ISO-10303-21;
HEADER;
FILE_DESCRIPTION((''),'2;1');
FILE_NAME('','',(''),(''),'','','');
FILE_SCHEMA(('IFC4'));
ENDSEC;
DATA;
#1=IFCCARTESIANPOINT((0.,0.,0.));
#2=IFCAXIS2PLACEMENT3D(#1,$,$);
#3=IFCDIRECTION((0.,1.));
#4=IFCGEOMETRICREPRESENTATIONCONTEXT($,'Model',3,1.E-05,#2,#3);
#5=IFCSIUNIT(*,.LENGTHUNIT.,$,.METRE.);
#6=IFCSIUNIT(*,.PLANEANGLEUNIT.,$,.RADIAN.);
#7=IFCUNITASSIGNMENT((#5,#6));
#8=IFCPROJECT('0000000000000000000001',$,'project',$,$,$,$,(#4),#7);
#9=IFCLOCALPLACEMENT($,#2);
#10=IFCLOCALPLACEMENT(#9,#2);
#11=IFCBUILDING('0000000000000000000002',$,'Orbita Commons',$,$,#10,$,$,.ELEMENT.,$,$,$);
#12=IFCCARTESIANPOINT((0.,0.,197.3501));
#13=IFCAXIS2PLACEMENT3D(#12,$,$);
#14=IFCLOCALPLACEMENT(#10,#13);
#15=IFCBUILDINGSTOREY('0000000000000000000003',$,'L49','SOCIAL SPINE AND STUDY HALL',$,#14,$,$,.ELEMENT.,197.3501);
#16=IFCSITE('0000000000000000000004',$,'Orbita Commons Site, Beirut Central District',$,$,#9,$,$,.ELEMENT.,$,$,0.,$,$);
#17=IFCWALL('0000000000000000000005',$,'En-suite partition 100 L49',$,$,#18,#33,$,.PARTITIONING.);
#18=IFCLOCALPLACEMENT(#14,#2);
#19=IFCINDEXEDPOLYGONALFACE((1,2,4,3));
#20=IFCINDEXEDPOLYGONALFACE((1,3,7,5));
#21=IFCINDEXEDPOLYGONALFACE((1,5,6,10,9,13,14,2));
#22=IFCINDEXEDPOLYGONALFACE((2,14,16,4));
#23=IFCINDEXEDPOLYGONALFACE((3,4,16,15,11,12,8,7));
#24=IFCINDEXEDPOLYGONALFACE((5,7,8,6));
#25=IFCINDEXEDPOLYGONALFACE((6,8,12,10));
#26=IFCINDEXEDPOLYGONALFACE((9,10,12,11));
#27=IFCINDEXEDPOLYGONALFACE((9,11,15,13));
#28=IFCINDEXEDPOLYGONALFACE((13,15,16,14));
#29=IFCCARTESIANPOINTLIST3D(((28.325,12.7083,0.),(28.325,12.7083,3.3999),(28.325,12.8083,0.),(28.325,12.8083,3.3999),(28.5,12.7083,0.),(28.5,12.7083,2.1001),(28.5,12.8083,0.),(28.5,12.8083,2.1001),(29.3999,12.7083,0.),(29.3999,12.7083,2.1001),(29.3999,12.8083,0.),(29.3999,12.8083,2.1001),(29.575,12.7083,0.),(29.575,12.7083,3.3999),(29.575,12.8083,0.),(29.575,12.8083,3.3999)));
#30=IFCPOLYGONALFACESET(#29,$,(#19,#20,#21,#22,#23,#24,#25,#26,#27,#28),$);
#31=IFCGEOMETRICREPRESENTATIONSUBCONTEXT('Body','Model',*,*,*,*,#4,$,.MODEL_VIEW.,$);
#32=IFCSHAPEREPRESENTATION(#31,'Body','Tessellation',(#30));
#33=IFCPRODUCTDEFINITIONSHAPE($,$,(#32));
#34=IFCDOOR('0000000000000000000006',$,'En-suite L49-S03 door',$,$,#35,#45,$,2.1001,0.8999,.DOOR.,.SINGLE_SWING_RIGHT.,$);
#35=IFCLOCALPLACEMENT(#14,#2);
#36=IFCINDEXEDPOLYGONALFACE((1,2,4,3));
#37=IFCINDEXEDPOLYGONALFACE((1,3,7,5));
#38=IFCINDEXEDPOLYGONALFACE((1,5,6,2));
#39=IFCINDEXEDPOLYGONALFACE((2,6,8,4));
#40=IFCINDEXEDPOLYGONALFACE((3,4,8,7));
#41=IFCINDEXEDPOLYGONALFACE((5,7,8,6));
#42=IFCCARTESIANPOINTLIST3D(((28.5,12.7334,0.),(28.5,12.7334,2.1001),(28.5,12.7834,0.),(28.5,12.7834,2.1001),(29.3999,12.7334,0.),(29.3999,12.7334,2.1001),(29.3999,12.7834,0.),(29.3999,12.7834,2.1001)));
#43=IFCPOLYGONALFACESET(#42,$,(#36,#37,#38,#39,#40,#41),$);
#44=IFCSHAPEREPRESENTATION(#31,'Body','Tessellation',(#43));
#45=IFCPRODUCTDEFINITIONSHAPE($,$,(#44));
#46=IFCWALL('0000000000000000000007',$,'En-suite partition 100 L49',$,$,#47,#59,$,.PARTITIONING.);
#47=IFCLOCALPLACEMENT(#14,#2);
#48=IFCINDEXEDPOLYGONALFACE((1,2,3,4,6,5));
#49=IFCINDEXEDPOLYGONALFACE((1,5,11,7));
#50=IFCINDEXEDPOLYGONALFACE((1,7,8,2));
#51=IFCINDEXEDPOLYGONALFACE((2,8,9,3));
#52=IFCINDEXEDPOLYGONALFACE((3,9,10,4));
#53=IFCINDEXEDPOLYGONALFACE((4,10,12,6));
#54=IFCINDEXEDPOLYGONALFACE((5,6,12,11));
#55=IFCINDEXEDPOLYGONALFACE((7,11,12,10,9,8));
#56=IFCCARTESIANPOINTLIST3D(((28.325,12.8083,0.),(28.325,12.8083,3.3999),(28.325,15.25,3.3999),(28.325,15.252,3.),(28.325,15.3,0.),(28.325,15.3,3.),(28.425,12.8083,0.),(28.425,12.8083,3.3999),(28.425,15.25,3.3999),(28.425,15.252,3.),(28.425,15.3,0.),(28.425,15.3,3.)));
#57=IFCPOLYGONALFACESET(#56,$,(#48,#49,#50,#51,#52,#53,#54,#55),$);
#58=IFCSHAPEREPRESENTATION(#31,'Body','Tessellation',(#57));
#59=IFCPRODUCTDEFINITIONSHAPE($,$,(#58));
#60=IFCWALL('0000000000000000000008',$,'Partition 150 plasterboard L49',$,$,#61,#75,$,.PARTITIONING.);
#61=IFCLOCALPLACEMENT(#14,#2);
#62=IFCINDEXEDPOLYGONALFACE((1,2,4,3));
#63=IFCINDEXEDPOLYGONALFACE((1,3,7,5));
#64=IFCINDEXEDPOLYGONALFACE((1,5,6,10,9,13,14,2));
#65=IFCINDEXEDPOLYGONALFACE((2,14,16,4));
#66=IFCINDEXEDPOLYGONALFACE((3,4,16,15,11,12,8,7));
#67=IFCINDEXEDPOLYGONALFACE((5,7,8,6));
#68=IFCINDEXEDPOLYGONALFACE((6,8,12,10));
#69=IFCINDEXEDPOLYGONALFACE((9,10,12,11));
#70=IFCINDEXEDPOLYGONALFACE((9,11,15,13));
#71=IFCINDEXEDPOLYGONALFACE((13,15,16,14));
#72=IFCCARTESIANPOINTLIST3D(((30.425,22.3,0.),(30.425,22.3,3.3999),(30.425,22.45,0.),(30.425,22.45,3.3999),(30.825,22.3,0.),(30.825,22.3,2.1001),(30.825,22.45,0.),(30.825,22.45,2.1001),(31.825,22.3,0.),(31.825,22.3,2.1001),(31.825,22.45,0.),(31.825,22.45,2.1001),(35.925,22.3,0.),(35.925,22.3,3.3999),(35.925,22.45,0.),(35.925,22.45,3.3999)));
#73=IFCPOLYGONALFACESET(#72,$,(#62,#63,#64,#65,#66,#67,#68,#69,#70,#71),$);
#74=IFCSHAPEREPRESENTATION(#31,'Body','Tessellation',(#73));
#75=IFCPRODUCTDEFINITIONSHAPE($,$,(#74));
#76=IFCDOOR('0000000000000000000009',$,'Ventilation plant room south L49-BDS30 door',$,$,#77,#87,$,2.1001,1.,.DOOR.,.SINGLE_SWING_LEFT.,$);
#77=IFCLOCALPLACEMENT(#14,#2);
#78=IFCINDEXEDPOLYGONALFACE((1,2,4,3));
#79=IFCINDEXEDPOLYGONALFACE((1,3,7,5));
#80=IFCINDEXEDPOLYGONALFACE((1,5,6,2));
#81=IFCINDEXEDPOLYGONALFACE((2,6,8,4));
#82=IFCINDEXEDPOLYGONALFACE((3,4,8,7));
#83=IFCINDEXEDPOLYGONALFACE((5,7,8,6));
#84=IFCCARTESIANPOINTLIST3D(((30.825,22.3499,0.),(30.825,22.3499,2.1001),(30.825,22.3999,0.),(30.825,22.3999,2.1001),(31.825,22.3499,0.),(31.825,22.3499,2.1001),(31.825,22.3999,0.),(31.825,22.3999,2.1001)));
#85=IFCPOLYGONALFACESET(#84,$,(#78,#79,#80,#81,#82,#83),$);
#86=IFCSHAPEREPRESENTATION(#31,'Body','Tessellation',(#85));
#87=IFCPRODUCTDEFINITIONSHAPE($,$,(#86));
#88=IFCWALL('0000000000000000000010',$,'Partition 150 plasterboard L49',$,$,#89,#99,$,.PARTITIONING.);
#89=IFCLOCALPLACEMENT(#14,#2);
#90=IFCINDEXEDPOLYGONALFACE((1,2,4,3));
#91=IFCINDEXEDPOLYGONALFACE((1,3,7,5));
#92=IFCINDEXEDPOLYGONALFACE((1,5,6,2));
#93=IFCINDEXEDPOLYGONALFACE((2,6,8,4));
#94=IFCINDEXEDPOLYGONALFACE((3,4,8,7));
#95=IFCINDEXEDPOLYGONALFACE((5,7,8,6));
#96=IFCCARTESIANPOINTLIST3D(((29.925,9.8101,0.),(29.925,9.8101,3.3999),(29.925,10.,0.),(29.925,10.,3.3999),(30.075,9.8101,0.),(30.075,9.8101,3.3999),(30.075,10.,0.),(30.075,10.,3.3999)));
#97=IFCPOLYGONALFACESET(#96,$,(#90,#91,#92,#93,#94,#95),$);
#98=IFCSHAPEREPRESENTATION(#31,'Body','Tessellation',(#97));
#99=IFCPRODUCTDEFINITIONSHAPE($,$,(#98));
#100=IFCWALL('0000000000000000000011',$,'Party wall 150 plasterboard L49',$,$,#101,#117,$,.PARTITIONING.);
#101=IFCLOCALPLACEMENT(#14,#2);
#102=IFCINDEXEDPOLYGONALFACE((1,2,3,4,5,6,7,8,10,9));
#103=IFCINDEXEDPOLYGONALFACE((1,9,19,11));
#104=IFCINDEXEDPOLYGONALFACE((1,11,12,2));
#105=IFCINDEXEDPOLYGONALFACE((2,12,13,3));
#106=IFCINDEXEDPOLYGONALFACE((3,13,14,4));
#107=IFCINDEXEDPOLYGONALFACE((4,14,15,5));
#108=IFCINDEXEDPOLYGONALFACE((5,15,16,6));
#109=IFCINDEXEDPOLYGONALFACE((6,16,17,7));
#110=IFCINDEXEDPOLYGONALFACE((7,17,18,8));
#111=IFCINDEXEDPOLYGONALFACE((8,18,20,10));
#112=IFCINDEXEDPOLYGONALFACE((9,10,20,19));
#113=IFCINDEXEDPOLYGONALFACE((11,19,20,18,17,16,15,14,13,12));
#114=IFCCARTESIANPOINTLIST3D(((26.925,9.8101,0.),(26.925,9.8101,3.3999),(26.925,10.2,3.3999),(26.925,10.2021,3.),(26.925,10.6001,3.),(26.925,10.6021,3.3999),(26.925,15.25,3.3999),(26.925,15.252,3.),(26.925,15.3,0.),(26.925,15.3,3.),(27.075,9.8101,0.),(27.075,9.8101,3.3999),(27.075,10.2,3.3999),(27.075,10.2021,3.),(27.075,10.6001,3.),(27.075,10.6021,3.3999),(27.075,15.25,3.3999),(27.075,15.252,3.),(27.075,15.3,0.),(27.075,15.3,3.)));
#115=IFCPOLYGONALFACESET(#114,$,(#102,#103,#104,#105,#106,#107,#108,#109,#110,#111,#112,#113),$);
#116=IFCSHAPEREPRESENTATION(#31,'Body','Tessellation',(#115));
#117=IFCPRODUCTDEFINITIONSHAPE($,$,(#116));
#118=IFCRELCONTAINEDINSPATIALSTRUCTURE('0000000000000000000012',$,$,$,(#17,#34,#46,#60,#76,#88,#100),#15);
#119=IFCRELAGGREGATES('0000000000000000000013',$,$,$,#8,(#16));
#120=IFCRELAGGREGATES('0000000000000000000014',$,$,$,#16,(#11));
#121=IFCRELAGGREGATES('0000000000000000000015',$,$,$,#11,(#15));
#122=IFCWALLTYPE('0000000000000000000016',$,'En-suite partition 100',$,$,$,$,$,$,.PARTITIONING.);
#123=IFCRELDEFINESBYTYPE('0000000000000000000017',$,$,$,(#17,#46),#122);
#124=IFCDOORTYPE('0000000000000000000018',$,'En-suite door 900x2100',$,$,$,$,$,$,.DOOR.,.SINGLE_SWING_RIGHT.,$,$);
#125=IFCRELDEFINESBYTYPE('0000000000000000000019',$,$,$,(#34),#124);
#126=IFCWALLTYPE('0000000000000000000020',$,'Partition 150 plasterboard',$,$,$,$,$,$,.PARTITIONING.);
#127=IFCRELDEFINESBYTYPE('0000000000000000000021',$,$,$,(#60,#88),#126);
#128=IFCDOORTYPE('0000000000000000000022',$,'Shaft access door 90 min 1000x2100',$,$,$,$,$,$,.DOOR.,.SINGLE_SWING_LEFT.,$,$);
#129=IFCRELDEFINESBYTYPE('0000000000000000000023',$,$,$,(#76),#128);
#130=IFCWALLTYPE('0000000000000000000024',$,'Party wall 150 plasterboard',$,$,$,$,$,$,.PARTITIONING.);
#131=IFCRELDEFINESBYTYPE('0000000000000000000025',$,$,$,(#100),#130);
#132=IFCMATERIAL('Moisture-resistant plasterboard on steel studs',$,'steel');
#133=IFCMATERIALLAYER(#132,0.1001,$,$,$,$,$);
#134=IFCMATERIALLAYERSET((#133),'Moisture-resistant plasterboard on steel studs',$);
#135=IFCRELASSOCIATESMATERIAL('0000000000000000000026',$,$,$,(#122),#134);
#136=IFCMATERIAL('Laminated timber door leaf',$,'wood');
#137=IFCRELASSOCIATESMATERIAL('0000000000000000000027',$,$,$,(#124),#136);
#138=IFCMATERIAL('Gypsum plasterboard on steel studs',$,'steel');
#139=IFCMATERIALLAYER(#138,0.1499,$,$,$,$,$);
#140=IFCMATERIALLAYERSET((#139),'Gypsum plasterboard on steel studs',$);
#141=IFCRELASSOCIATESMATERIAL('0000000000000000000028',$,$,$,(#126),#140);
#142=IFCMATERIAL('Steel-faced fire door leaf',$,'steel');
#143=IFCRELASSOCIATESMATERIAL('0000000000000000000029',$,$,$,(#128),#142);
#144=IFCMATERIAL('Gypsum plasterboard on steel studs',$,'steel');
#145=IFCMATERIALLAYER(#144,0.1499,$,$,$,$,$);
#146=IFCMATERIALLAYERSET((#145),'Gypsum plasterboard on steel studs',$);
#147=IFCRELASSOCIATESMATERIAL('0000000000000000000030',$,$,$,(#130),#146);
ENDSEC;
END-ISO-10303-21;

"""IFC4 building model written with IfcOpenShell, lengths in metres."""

from ifc_helpers import new_model, si_unit, direction, frame, frame_2d, origin, place, context, subcontext, project, spatial, polyline, rectangle, outline, extrude, material, layer, layer_set, type_object, element, fill, save


model = new_model("IFC4")

# Units and contexts
model_context = context("Model", 3, precision=1e-05, world=origin(), true_north=direction((0.0, 1.0)))
body_context = subcontext(model_context, "Body", "Model", "MODEL_VIEW")
ifc_project = project(units=[si_unit("LENGTHUNIT", "METRE"), si_unit("PLANEANGLEUNIT", "RADIAN")], contexts=[model_context])

# Site, building, storey
site_placement = place(None, origin())
site = spatial("IfcSite", under=ifc_project, at=site_placement, Name="Orbita Commons Site, Beirut Central District", CompositionType="ELEMENT", RefElevation=0.0)
building_placement = place(site_placement, origin())
building = spatial("IfcBuilding", under=site, at=building_placement, Name="Orbita Commons", CompositionType="ELEMENT")
storey_placement = place(building_placement, frame((0.0, 0.0, 197.3501)))
storey = spatial("IfcBuildingStorey", under=building, at=storey_placement, Name="L49", Description="SOCIAL SPINE AND STUDY HALL", CompositionType="ELEMENT", Elevation=197.3501)

# Shared definitions
ifc_material_1 = material(Name="Moisture-resistant plasterboard on steel studs", Category="steel")
ifc_layer_1 = layer(ifc_material_1, 0.1001)
ifc_layer_set_1 = layer_set([ifc_layer_1], Name="Moisture-resistant plasterboard on steel studs")
wall_type_1 = type_object("IfcWallType", Name="En-suite partition 100", PredefinedType="PARTITIONING", material=ifc_layer_set_1)
ifc_material_2 = material(Name="Laminated timber door leaf", Category="wood")
door_type_1 = type_object("IfcDoorType", Name="En-suite door 900x2100", OperationType="SINGLE_SWING_RIGHT", PredefinedType="DOOR", material=ifc_material_2)

# Wall, opening, door
wall_1_placement = place(storey_placement, frame((29.575, 12.7583, 0.0), z_axis=(0.0, 0.0, 1.0), x_axis=(-1.0, 0.0, 0.0)))
wall_1 = element("IfcWall", 1, at=wall_1_placement, inside=storey, type_object=wall_type_1, Name="En-suite partition 100 L49", PredefinedType="PARTITIONING", context=body_context, shape_type="SweptSolid", body=[
    extrude(rectangle(XDim=1.25, YDim=0.1001, at=frame_2d((0.625, 0.0))), origin(), (0.0, 0.0, 1.0), 3.3999),
])
opening_1_placement = place(wall_1_placement, frame((0.175, 0.0, 0.0)))
opening_1 = element("IfcOpeningElement", 2, at=opening_1_placement, cuts=wall_1, PredefinedType="OPENING", context=body_context, shape_type="SweptSolid", body=[
    extrude(rectangle(XDim=0.8999, YDim=2.1001, at=frame_2d((0.45, 1.05))), frame((0.0, 0.0601, 0.0), z_axis=(0.0, -1.0, 0.0), x_axis=(1.0, 0.0, 0.0)), (0.0, 0.0, 1.0), 0.1201),
])
door_1_placement = place(opening_1_placement, origin())
door_1 = element("IfcDoor", 3, at=door_1_placement, inside=storey, type_object=door_type_1, Name="En-suite L49-S03 door", OperationType="SINGLE_SWING_RIGHT", OverallHeight=2.1001, OverallWidth=0.8999, PredefinedType="DOOR", context=body_context, shape_type="SweptSolid", body=[
    extrude(rectangle(XDim=0.8999, YDim=2.1001, at=frame_2d((0.45, 1.05))), frame((0.0, 0.0249, 0.0), z_axis=(0.0, -1.0, 0.0), x_axis=(1.0, 0.0, 0.0)), (0.0, 0.0, 1.0), 0.05),
])
fill(opening_1, door_1)

# Wall
wall_2_placement = place(storey_placement, frame((28.375, 12.8083, 0.0), z_axis=(0.0, 0.0, 1.0), x_axis=(0.0, 1.0, 0.0)))
element("IfcWall", 4, at=wall_2_placement, inside=storey, type_object=wall_type_1, Name="En-suite partition 100 L49", PredefinedType="PARTITIONING", context=body_context, shape_type="SweptSolid", body=[
    extrude(outline(polyline([(0.0, 0.0), (2.4917, 0.0), (2.4917, 3.0), (2.4436, 3.0), (2.4417, 3.3999), (0.0, 3.3999), (0.0, 0.0)])), frame((0.0, 0.05, 0.0), z_axis=(0.0, -1.0, 0.0), x_axis=(1.0, 0.0, 0.0)), (0.0, 0.0, 1.0), 0.1001),
])

# Wall, opening, door
ifc_material_3 = material(Name="Gypsum plasterboard on steel studs", Category="steel")
ifc_layer_2 = layer(ifc_material_3, 0.1499)
ifc_layer_set_2 = layer_set([ifc_layer_2], Name="Gypsum plasterboard on steel studs")
wall_type_2 = type_object("IfcWallType", Name="Partition 150 plasterboard", PredefinedType="PARTITIONING", material=ifc_layer_set_2)
wall_3_placement = place(storey_placement, frame((30.425, 22.375, 0.0), z_axis=(0.0, 0.0, 1.0), x_axis=(1.0, 0.0, 0.0)))
wall_3 = element("IfcWall", 5, at=wall_3_placement, inside=storey, type_object=wall_type_2, Name="Partition 150 plasterboard L49", PredefinedType="PARTITIONING", context=body_context, shape_type="SweptSolid", body=[
    extrude(rectangle(XDim=5.5, YDim=0.1499, at=frame_2d((2.75, 0.0))), origin(), (0.0, 0.0, 1.0), 3.3999),
])
opening_2_placement = place(wall_3_placement, frame((0.3999, 0.0, 0.0)))
opening_2 = element("IfcOpeningElement", 6, at=opening_2_placement, cuts=wall_3, PredefinedType="OPENING", context=body_context, shape_type="SweptSolid", body=[
    extrude(rectangle(XDim=1.0, YDim=2.1001, at=frame_2d((0.5, 1.05))), frame((0.0, 0.085, 0.0), z_axis=(0.0, -1.0, 0.0), x_axis=(1.0, 0.0, 0.0)), (0.0, 0.0, 1.0), 0.1699),
])
ifc_material_4 = material(Name="Steel-faced fire door leaf", Category="steel")
door_type_2 = type_object("IfcDoorType", Name="Shaft access door 90 min 1000x2100", OperationType="SINGLE_SWING_LEFT", PredefinedType="DOOR", material=ifc_material_4)
door_2_placement = place(opening_2_placement, origin())
door_2 = element("IfcDoor", 7, at=door_2_placement, inside=storey, type_object=door_type_2, Name="Ventilation plant room south L49-BDS30 door", OperationType="SINGLE_SWING_LEFT", OverallHeight=2.1001, OverallWidth=1.0, PredefinedType="DOOR", context=body_context, shape_type="SweptSolid", body=[
    extrude(rectangle(XDim=1.0, YDim=2.1001, at=frame_2d((0.5, 1.05))), frame((0.0, 0.0249, 0.0), z_axis=(0.0, -1.0, 0.0), x_axis=(1.0, 0.0, 0.0)), (0.0, 0.0, 1.0), 0.05),
])
fill(opening_2, door_2)

# Walls
wall_4_placement = place(storey_placement, frame((30.0, 10.0, 0.0), z_axis=(0.0, 0.0, 1.0), x_axis=(0.0, -1.0, 0.0)))
element("IfcWall", 8, at=wall_4_placement, inside=storey, type_object=wall_type_2, Name="Partition 150 plasterboard L49", PredefinedType="PARTITIONING", context=body_context, shape_type="SweptSolid", body=[
    extrude(rectangle(XDim=0.1899, YDim=0.1499, at=frame_2d((0.095, 0.0))), origin(), (0.0, 0.0, 1.0), 3.3999),
])
ifc_material_5 = material(Name="Gypsum plasterboard on steel studs", Category="steel")
ifc_layer_3 = layer(ifc_material_5, 0.1499)
ifc_layer_set_3 = layer_set([ifc_layer_3], Name="Gypsum plasterboard on steel studs")
wall_type_3 = type_object("IfcWallType", Name="Party wall 150 plasterboard", PredefinedType="PARTITIONING", material=ifc_layer_set_3)
wall_5_placement = place(storey_placement, frame((27.0, 9.8101, 0.0), z_axis=(0.0, 0.0, 1.0), x_axis=(0.0, 1.0, 0.0)))
element("IfcWall", 9, at=wall_5_placement, inside=storey, type_object=wall_type_3, Name="Party wall 150 plasterboard L49", PredefinedType="PARTITIONING", context=body_context, shape_type="SweptSolid", body=[
    extrude(outline(polyline([(0.0, 0.0), (5.49, 0.0), (5.49, 3.0), (5.4419, 3.0), (5.4399, 3.3999), (0.792, 3.3999), (0.79, 3.0), (0.3921, 3.0), (0.3899, 3.3999), (0.0, 3.3999), (0.0, 0.0)])), frame((0.0, 0.075, 0.0), z_axis=(0.0, -1.0, 0.0), x_axis=(1.0, 0.0, 0.0)), (0.0, 0.0, 1.0), 0.1499),
])

save(model, "model.ifc")
